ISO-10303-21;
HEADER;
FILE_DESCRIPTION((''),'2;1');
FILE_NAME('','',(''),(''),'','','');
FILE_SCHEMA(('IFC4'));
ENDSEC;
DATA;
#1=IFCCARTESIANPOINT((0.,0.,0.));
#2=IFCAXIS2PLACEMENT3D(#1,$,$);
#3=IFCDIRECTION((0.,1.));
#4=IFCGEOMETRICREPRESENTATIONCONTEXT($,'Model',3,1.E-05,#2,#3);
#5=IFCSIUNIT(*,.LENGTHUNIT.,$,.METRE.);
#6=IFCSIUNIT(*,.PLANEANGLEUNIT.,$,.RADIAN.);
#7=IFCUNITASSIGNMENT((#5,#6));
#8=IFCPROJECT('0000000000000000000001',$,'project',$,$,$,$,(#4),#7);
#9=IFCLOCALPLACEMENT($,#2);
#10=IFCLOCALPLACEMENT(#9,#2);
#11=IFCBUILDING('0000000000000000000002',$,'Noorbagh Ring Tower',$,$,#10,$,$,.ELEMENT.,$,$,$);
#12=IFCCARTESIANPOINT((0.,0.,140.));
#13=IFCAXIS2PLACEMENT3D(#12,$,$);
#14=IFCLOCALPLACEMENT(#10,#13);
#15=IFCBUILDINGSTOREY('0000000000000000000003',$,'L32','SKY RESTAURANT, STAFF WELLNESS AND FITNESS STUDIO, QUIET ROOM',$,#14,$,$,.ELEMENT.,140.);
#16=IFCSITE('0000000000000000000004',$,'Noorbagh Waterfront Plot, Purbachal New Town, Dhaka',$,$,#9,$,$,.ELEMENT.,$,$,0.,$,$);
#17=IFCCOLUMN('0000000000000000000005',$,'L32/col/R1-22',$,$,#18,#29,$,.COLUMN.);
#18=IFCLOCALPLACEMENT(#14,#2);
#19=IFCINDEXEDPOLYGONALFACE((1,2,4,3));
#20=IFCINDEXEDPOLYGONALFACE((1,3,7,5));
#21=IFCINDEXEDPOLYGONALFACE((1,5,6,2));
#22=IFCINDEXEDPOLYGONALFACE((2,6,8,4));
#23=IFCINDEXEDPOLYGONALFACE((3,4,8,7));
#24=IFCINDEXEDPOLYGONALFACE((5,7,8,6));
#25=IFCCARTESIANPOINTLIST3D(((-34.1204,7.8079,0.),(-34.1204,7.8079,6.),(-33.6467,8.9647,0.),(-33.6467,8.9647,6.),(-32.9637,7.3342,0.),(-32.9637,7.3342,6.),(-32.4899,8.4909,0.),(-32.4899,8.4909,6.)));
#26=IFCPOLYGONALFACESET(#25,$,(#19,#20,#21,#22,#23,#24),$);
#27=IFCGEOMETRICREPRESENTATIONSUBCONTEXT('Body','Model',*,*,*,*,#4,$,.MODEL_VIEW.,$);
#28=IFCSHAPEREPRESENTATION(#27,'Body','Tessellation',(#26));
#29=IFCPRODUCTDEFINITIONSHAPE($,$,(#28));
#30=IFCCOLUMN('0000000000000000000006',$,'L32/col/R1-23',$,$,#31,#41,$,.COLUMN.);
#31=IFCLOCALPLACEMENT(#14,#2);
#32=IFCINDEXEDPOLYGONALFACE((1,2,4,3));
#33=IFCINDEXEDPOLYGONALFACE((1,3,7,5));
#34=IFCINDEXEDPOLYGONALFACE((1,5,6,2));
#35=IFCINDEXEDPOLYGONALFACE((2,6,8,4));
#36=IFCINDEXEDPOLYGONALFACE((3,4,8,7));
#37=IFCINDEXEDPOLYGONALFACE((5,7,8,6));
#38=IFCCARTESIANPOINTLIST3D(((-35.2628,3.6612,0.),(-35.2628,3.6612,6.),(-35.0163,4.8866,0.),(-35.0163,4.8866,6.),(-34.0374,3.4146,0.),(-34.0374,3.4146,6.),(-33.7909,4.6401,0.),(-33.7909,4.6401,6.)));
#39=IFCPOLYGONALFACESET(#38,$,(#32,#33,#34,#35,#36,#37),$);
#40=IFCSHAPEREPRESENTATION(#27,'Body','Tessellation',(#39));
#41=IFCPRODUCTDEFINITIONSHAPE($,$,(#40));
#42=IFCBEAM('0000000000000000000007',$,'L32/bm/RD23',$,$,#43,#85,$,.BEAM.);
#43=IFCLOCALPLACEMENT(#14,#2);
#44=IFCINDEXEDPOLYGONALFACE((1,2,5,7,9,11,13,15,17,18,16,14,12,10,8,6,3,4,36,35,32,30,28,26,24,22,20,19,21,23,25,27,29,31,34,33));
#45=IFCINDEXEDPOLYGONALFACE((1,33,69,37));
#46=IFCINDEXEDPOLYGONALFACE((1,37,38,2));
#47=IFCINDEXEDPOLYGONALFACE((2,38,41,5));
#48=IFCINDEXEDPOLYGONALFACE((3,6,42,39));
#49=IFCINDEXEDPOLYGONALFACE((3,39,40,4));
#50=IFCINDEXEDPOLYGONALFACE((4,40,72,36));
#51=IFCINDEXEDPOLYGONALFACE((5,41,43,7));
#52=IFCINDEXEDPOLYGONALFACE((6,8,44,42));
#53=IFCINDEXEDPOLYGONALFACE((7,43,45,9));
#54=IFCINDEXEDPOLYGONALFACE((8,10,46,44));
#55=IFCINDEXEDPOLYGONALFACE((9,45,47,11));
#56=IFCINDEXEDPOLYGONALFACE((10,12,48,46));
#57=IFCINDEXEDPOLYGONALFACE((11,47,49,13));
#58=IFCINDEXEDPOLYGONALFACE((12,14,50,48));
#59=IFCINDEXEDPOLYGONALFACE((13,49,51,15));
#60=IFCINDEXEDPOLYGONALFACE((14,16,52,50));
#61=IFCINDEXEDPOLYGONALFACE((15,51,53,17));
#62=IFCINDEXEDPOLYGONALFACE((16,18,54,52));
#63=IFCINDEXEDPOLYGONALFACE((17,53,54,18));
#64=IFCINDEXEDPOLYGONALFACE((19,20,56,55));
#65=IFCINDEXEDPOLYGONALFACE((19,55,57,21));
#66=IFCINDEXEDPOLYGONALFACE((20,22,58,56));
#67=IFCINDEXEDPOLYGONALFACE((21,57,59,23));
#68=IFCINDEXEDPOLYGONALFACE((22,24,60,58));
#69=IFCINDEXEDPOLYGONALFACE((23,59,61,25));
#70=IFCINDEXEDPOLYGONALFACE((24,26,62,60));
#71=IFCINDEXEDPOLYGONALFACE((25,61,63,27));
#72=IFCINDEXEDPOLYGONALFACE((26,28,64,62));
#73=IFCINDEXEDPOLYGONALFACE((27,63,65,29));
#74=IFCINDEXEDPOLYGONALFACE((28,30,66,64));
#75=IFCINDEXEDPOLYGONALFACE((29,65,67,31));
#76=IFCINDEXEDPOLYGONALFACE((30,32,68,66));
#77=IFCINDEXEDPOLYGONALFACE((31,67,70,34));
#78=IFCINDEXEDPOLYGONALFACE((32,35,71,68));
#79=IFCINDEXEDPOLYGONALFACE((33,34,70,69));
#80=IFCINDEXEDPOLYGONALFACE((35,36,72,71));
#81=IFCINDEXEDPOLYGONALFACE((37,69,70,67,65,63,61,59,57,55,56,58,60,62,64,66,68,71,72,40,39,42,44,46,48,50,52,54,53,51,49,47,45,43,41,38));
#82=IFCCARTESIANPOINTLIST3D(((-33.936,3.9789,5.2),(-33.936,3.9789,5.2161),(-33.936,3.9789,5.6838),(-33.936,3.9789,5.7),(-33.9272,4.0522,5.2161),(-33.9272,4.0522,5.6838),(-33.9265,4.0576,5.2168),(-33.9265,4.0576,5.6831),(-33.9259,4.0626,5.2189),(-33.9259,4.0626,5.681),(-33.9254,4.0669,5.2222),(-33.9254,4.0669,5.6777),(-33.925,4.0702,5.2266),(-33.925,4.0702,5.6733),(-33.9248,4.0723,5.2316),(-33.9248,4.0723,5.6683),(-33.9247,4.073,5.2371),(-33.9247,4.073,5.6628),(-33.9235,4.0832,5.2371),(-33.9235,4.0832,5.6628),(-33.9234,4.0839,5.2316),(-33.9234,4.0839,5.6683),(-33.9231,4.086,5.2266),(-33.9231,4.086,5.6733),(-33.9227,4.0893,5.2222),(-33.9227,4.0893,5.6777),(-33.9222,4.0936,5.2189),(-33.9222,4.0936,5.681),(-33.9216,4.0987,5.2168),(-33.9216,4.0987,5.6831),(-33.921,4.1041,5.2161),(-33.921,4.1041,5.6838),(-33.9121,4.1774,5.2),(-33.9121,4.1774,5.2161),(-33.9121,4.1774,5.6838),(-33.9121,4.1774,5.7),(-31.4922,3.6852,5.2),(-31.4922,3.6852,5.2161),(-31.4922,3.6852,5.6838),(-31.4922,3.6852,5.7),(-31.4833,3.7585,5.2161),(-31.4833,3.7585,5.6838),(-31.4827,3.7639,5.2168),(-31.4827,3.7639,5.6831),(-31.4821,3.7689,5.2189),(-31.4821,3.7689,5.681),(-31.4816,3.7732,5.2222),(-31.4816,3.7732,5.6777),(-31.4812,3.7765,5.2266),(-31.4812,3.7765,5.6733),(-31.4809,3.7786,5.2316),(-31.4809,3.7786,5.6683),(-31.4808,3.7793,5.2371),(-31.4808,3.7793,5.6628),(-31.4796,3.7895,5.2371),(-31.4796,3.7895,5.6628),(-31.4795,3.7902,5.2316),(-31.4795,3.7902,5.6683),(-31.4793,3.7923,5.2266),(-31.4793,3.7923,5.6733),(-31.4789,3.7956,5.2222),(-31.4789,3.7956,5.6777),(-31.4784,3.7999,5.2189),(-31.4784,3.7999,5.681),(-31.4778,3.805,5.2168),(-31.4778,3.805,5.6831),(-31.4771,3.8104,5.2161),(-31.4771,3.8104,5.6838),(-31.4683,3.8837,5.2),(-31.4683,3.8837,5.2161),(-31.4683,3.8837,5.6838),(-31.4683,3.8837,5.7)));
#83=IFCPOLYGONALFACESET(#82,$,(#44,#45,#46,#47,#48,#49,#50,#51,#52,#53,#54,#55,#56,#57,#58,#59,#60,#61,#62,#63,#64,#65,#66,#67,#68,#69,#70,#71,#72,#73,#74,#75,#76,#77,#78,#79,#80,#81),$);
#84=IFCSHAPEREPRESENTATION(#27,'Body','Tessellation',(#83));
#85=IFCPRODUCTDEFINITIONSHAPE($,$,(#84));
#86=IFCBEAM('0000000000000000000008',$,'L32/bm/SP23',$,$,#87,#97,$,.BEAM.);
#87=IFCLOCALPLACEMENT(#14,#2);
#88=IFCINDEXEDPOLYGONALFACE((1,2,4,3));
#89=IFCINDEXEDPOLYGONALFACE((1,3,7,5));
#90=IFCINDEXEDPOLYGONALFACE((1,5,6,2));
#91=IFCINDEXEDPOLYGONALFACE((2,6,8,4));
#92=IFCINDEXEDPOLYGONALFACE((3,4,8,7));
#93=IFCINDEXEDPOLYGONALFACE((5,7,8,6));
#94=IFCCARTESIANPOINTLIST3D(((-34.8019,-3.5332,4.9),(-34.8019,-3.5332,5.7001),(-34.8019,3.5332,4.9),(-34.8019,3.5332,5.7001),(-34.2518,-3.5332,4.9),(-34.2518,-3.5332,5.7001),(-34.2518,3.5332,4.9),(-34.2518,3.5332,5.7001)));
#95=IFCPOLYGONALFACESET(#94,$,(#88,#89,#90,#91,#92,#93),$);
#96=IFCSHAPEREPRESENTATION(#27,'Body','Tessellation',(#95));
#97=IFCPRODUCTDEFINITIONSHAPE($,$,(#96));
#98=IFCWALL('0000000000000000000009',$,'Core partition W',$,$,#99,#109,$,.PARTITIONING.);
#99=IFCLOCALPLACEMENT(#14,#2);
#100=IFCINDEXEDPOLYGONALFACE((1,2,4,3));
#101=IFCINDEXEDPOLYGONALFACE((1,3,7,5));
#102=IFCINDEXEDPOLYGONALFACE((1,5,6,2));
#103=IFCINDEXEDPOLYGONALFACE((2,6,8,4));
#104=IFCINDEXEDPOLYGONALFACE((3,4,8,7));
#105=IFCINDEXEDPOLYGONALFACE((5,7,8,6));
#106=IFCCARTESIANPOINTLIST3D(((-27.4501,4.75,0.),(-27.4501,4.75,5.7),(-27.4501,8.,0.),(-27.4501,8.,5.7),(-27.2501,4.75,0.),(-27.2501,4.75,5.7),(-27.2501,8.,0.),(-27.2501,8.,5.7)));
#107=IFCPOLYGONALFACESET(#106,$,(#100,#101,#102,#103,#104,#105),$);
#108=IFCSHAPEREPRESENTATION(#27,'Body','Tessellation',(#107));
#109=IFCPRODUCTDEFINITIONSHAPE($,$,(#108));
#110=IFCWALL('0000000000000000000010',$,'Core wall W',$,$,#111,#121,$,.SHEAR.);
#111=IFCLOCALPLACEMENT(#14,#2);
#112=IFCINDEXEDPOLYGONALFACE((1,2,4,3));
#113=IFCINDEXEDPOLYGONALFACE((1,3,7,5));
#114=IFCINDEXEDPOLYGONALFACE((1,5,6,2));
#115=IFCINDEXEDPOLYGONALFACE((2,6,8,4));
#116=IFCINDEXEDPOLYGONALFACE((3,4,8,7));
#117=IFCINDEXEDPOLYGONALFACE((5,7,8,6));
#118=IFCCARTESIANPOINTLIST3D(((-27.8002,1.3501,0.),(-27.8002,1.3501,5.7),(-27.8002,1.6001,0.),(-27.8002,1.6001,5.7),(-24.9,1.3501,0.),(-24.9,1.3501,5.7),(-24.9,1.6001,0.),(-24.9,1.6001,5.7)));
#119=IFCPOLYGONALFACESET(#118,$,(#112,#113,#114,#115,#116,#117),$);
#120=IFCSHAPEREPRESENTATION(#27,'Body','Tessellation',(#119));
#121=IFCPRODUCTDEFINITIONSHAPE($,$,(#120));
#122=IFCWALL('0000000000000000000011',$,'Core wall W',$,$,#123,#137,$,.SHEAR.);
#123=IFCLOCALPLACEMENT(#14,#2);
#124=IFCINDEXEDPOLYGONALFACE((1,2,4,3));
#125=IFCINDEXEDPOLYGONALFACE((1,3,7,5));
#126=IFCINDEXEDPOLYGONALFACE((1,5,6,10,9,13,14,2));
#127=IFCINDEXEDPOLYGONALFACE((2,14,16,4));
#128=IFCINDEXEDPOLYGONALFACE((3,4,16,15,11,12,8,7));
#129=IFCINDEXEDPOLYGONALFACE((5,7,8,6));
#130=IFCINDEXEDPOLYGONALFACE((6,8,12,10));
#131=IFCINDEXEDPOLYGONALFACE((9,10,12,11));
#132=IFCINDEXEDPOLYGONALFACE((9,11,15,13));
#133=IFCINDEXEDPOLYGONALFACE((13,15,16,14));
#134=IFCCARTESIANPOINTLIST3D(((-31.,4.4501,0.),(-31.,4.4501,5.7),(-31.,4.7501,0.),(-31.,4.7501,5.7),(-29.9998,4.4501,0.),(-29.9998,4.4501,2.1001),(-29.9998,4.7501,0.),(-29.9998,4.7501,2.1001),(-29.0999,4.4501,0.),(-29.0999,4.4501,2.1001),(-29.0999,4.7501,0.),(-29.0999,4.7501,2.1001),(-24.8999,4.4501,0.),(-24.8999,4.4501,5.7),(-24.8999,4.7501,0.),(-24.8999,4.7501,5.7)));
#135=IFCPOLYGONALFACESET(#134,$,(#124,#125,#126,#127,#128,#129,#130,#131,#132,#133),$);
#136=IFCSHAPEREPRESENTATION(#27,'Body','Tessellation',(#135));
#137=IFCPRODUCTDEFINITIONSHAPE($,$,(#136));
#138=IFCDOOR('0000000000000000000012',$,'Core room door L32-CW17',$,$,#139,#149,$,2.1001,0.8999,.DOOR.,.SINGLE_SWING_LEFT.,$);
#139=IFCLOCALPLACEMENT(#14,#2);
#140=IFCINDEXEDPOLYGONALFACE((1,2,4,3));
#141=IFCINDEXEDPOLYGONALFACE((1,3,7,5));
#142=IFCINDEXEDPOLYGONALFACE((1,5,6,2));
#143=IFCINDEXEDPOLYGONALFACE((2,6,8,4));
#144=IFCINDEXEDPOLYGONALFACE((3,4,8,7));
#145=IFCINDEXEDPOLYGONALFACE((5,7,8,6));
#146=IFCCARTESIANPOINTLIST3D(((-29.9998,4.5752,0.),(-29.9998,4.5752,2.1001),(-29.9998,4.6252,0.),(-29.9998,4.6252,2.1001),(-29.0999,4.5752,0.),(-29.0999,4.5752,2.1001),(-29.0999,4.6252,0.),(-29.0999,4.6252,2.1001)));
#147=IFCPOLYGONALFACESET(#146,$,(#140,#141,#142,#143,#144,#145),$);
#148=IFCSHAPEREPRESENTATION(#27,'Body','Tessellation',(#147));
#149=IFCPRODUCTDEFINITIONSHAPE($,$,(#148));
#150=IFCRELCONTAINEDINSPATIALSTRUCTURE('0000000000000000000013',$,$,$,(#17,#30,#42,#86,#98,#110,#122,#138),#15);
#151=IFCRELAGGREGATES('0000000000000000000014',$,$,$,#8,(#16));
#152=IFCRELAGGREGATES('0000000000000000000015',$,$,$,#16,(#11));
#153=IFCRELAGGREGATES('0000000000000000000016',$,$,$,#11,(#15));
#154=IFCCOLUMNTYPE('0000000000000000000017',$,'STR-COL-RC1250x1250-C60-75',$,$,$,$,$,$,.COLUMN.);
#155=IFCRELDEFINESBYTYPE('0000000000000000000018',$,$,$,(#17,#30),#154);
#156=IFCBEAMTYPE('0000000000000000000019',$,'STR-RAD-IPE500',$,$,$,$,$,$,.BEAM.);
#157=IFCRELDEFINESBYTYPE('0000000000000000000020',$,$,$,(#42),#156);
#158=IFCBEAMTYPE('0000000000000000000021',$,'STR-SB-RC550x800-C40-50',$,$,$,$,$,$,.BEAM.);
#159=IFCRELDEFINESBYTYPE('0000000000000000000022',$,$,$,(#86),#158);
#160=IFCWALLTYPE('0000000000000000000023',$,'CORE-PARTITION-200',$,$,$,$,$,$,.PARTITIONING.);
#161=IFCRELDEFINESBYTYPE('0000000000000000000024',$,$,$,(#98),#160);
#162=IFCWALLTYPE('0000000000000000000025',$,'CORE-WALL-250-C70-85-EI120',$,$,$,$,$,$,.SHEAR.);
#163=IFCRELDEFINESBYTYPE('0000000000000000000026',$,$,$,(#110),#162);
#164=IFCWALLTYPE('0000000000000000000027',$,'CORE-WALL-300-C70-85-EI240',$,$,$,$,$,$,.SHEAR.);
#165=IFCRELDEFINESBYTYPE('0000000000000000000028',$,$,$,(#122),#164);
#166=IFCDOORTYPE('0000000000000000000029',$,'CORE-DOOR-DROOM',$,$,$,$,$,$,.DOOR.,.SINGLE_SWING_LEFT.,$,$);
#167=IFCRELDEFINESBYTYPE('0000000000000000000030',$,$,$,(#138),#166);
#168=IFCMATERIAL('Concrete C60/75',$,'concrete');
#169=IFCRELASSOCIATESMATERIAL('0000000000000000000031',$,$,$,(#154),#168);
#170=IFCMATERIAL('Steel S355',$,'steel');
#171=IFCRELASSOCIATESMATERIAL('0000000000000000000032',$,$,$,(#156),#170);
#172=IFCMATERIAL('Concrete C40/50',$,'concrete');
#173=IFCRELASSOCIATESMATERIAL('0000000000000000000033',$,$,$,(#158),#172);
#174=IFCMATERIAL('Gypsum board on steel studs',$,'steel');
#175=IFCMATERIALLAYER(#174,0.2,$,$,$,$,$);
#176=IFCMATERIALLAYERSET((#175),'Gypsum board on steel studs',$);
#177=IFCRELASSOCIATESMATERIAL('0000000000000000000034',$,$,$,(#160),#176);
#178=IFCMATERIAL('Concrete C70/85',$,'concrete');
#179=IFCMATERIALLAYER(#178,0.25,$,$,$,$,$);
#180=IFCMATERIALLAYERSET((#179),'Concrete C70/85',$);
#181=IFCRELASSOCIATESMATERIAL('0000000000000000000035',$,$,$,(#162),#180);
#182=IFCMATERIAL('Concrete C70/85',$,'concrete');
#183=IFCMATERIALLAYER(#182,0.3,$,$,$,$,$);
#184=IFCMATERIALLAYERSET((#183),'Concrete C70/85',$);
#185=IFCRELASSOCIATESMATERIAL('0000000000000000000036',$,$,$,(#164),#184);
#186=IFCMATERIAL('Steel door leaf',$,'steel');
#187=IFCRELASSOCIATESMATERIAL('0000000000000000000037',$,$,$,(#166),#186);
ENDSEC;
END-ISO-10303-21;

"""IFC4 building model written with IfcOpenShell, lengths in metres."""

from ifc_helpers import new_model, si_unit, direction, frame, frame_2d, origin, origin_2d, place, context, subcontext, project, spatial, rectangle, i_section, extrude, material, layer, layer_set, material_profile, profile_set, type_object, element, fill, save


model = new_model("IFC4")

# Units and contexts
model_context = context("Model", 3, precision=1e-05, world=origin(), true_north=direction((0.0, 1.0)))
body_context = subcontext(model_context, "Body", "Model", "MODEL_VIEW")
ifc_project = project(units=[si_unit("LENGTHUNIT", "METRE"), si_unit("PLANEANGLEUNIT", "RADIAN")], contexts=[model_context])

# Site, building, storey
site_placement = place(None, origin())
site = spatial("IfcSite", under=ifc_project, at=site_placement, Name="Noorbagh Waterfront Plot, Purbachal New Town, Dhaka", CompositionType="ELEMENT", RefElevation=0.0)
building_placement = place(site_placement, origin())
building = spatial("IfcBuilding", under=site, at=building_placement, Name="Noorbagh Ring Tower", CompositionType="ELEMENT")
storey_placement = place(building_placement, frame((0.0, 0.0, 140.0)))
storey = spatial("IfcBuildingStorey", under=building, at=storey_placement, Name="L32", Description="SKY RESTAURANT, STAFF WELLNESS AND FITNESS STUDIO, QUIET ROOM", CompositionType="ELEMENT", Elevation=140.0)

# Columns
ifc_material_1 = material(Name="Concrete C60/75", Category="concrete")
ifc_material_profile_1 = material_profile(ifc_material_1, rectangle(XDim=1.25, YDim=1.25, at=origin_2d()), Name="RC1250x1250")
ifc_profile_set_1 = profile_set([ifc_material_profile_1], Name="Concrete C60/75")
column_type = type_object("IfcColumnType", Name="STR-COL-RC1250x1250-C60-75", PredefinedType="COLUMN", material=ifc_profile_set_1)
for number, where, z_axis, x_axis, name in (
    (1, (-33.3052, 8.1494, 0.0), (0.0, 0.0, 1.0), (-0.378989, -0.925401, 0.0), "L32/col/R1-22"),
    (2, (-34.5269, 4.1506, 0.0), (0.0, 0.0, 1.0), (-0.19723, -0.980357, 0.0), "L32/col/R1-23"),
):
    element("IfcColumn", number, at=place(storey_placement, frame(where, z_axis=z_axis, x_axis=x_axis)), inside=storey, type_object=column_type, Name=name, PredefinedType="COLUMN", context=body_context, shape_type="SweptSolid", body=[
        extrude(rectangle(XDim=1.25, YDim=1.25, at=origin_2d()), origin(), (0.0, 0.0, 1.0), 6.0),
    ])

# Beams
ifc_material_2 = material(Name="Steel S355", Category="steel")
ifc_material_profile_2 = material_profile(ifc_material_2, i_section(OverallWidth=0.2, OverallDepth=0.5, WebThickness=0.0103, FlangeThickness=0.0161, FilletRadius=0.021, at=origin_2d()), Name="IPE500")
ifc_profile_set_2 = profile_set([ifc_material_profile_2], Name="Steel S355")
beam_type_1 = type_object("IfcBeamType", Name="STR-RAD-IPE500", PredefinedType="BEAM", material=ifc_profile_set_2)
beam_1_placement = place(storey_placement, frame((-33.9241, 4.0781, 5.45), z_axis=(0.992856, -0.119321, 0.0), x_axis=(0.119321, 0.992856, 0.0)))
element("IfcBeam", 3, at=beam_1_placement, inside=storey, type_object=beam_type_1, Name="L32/bm/RD23", PredefinedType="BEAM", context=body_context, shape_type="SweptSolid", body=[
    extrude(i_section(OverallWidth=0.2, OverallDepth=0.5, WebThickness=0.0103, FlangeThickness=0.0161, FilletRadius=0.021, at=origin_2d()), origin(), (0.0, 0.0, 1.0), 2.4614),
])
ifc_material_3 = material(Name="Concrete C40/50", Category="concrete")
ifc_material_profile_3 = material_profile(ifc_material_3, rectangle(XDim=0.55, YDim=0.8, at=origin_2d()), Name="RC550x800")
ifc_profile_set_3 = profile_set([ifc_material_profile_3], Name="Concrete C40/50")
beam_type_2 = type_object("IfcBeamType", Name="STR-SB-RC550x800-C40-50", PredefinedType="BEAM", material=ifc_profile_set_3)
beam_2_placement = place(storey_placement, frame((-34.5269, 3.5332, 5.3), z_axis=(0.0, -1.0, 0.0), x_axis=(1.0, 0.0, 0.0)))
element("IfcBeam", 4, at=beam_2_placement, inside=storey, type_object=beam_type_2, Name="L32/bm/SP23", PredefinedType="BEAM", context=body_context, shape_type="SweptSolid", body=[
    extrude(rectangle(XDim=0.55, YDim=0.8, at=origin_2d()), origin(), (0.0, 0.0, 1.0), 7.0664),
])

# Walls
ifc_material_4 = material(Name="Gypsum board on steel studs", Category="steel")
ifc_layer_1 = layer(ifc_material_4, 0.2)
ifc_layer_set_1 = layer_set([ifc_layer_1], Name="Gypsum board on steel studs")
wall_type_1 = type_object("IfcWallType", Name="CORE-PARTITION-200", PredefinedType="PARTITIONING", material=ifc_layer_set_1)
wall_1_placement = place(storey_placement, frame((-27.3501, 4.75, 0.0), z_axis=(0.0, 0.0, 1.0), x_axis=(0.0, 1.0, 0.0)))
element("IfcWall", 5, at=wall_1_placement, inside=storey, type_object=wall_type_1, Name="Core partition W", PredefinedType="PARTITIONING", context=body_context, shape_type="SweptSolid", body=[
    extrude(rectangle(XDim=3.25, YDim=0.2, at=frame_2d((1.625, 0.0))), origin(), (0.0, 0.0, 1.0), 5.7),
])
ifc_material_5 = material(Name="Concrete C70/85", Category="concrete")
ifc_layer_2 = layer(ifc_material_5, 0.25)
ifc_layer_set_2 = layer_set([ifc_layer_2], Name="Concrete C70/85")
wall_type_2 = type_object("IfcWallType", Name="CORE-WALL-250-C70-85-EI120", PredefinedType="SHEAR", material=ifc_layer_set_2)
wall_2_placement = place(storey_placement, frame((-24.8999, 1.4751, 0.0), z_axis=(0.0, 0.0, 1.0), x_axis=(-1.0, 0.0, 0.0)))
element("IfcWall", 6, at=wall_2_placement, inside=storey, type_object=wall_type_2, Name="Core wall W", PredefinedType="SHEAR", context=body_context, shape_type="SweptSolid", body=[
    extrude(rectangle(XDim=2.9001, YDim=0.25, at=frame_2d((1.4502, 0.0))), origin(), (0.0, 0.0, 1.0), 5.7),
])

# Wall, opening, door
ifc_material_6 = material(Name="Concrete C70/85", Category="concrete")
ifc_layer_3 = layer(ifc_material_6, 0.3)
ifc_layer_set_3 = layer_set([ifc_layer_3], Name="Concrete C70/85")
wall_type_3 = type_object("IfcWallType", Name="CORE-WALL-300-C70-85-EI240", PredefinedType="SHEAR", material=ifc_layer_set_3)
wall_3_placement = place(storey_placement, frame((-24.8999, 4.6001, 0.0), z_axis=(0.0, 0.0, 1.0), x_axis=(-1.0, 0.0, 0.0)))
wall_3 = element("IfcWall", 7, at=wall_3_placement, inside=storey, type_object=wall_type_3, Name="Core wall W", PredefinedType="SHEAR", context=body_context, shape_type="SweptSolid", body=[
    extrude(rectangle(XDim=6.1001, YDim=0.3, at=frame_2d((3.05, 0.0))), origin(), (0.0, 0.0, 1.0), 5.7),
])
opening_1_placement = place(wall_3_placement, frame((4.2, 0.0, 0.0)))
opening_1 = element("IfcOpeningElement", 8, at=opening_1_placement, cuts=wall_3, PredefinedType="OPENING", context=body_context, shape_type="SweptSolid", body=[
    extrude(rectangle(XDim=0.8999, YDim=2.1001, at=frame_2d((0.45, 1.05))), frame((0.0, 0.1602, 0.0), z_axis=(0.0, -1.0, 0.0), x_axis=(1.0, 0.0, 0.0)), (0.0, 0.0, 1.0), 0.3201),
])
ifc_material_7 = material(Name="Steel door leaf", Category="steel")
door_type_1 = type_object("IfcDoorType", Name="CORE-DOOR-DROOM", OperationType="SINGLE_SWING_LEFT", PredefinedType="DOOR", material=ifc_material_7)
door_1_placement = place(opening_1_placement, origin())
door_1 = element("IfcDoor", 9, at=door_1_placement, inside=storey, type_object=door_type_1, Name="Core room door L32-CW17", OperationType="SINGLE_SWING_LEFT", OverallHeight=2.1001, OverallWidth=0.8999, PredefinedType="DOOR", context=body_context, shape_type="SweptSolid", body=[
    extrude(rectangle(XDim=0.8999, YDim=2.1001, at=frame_2d((0.45, 1.05))), frame((0.0, 0.0249, 0.0), z_axis=(0.0, -1.0, 0.0), x_axis=(1.0, 0.0, 0.0)), (0.0, 0.0, 1.0), 0.05),
])
fill(opening_1, door_1)

save(model, "model.ifc")
